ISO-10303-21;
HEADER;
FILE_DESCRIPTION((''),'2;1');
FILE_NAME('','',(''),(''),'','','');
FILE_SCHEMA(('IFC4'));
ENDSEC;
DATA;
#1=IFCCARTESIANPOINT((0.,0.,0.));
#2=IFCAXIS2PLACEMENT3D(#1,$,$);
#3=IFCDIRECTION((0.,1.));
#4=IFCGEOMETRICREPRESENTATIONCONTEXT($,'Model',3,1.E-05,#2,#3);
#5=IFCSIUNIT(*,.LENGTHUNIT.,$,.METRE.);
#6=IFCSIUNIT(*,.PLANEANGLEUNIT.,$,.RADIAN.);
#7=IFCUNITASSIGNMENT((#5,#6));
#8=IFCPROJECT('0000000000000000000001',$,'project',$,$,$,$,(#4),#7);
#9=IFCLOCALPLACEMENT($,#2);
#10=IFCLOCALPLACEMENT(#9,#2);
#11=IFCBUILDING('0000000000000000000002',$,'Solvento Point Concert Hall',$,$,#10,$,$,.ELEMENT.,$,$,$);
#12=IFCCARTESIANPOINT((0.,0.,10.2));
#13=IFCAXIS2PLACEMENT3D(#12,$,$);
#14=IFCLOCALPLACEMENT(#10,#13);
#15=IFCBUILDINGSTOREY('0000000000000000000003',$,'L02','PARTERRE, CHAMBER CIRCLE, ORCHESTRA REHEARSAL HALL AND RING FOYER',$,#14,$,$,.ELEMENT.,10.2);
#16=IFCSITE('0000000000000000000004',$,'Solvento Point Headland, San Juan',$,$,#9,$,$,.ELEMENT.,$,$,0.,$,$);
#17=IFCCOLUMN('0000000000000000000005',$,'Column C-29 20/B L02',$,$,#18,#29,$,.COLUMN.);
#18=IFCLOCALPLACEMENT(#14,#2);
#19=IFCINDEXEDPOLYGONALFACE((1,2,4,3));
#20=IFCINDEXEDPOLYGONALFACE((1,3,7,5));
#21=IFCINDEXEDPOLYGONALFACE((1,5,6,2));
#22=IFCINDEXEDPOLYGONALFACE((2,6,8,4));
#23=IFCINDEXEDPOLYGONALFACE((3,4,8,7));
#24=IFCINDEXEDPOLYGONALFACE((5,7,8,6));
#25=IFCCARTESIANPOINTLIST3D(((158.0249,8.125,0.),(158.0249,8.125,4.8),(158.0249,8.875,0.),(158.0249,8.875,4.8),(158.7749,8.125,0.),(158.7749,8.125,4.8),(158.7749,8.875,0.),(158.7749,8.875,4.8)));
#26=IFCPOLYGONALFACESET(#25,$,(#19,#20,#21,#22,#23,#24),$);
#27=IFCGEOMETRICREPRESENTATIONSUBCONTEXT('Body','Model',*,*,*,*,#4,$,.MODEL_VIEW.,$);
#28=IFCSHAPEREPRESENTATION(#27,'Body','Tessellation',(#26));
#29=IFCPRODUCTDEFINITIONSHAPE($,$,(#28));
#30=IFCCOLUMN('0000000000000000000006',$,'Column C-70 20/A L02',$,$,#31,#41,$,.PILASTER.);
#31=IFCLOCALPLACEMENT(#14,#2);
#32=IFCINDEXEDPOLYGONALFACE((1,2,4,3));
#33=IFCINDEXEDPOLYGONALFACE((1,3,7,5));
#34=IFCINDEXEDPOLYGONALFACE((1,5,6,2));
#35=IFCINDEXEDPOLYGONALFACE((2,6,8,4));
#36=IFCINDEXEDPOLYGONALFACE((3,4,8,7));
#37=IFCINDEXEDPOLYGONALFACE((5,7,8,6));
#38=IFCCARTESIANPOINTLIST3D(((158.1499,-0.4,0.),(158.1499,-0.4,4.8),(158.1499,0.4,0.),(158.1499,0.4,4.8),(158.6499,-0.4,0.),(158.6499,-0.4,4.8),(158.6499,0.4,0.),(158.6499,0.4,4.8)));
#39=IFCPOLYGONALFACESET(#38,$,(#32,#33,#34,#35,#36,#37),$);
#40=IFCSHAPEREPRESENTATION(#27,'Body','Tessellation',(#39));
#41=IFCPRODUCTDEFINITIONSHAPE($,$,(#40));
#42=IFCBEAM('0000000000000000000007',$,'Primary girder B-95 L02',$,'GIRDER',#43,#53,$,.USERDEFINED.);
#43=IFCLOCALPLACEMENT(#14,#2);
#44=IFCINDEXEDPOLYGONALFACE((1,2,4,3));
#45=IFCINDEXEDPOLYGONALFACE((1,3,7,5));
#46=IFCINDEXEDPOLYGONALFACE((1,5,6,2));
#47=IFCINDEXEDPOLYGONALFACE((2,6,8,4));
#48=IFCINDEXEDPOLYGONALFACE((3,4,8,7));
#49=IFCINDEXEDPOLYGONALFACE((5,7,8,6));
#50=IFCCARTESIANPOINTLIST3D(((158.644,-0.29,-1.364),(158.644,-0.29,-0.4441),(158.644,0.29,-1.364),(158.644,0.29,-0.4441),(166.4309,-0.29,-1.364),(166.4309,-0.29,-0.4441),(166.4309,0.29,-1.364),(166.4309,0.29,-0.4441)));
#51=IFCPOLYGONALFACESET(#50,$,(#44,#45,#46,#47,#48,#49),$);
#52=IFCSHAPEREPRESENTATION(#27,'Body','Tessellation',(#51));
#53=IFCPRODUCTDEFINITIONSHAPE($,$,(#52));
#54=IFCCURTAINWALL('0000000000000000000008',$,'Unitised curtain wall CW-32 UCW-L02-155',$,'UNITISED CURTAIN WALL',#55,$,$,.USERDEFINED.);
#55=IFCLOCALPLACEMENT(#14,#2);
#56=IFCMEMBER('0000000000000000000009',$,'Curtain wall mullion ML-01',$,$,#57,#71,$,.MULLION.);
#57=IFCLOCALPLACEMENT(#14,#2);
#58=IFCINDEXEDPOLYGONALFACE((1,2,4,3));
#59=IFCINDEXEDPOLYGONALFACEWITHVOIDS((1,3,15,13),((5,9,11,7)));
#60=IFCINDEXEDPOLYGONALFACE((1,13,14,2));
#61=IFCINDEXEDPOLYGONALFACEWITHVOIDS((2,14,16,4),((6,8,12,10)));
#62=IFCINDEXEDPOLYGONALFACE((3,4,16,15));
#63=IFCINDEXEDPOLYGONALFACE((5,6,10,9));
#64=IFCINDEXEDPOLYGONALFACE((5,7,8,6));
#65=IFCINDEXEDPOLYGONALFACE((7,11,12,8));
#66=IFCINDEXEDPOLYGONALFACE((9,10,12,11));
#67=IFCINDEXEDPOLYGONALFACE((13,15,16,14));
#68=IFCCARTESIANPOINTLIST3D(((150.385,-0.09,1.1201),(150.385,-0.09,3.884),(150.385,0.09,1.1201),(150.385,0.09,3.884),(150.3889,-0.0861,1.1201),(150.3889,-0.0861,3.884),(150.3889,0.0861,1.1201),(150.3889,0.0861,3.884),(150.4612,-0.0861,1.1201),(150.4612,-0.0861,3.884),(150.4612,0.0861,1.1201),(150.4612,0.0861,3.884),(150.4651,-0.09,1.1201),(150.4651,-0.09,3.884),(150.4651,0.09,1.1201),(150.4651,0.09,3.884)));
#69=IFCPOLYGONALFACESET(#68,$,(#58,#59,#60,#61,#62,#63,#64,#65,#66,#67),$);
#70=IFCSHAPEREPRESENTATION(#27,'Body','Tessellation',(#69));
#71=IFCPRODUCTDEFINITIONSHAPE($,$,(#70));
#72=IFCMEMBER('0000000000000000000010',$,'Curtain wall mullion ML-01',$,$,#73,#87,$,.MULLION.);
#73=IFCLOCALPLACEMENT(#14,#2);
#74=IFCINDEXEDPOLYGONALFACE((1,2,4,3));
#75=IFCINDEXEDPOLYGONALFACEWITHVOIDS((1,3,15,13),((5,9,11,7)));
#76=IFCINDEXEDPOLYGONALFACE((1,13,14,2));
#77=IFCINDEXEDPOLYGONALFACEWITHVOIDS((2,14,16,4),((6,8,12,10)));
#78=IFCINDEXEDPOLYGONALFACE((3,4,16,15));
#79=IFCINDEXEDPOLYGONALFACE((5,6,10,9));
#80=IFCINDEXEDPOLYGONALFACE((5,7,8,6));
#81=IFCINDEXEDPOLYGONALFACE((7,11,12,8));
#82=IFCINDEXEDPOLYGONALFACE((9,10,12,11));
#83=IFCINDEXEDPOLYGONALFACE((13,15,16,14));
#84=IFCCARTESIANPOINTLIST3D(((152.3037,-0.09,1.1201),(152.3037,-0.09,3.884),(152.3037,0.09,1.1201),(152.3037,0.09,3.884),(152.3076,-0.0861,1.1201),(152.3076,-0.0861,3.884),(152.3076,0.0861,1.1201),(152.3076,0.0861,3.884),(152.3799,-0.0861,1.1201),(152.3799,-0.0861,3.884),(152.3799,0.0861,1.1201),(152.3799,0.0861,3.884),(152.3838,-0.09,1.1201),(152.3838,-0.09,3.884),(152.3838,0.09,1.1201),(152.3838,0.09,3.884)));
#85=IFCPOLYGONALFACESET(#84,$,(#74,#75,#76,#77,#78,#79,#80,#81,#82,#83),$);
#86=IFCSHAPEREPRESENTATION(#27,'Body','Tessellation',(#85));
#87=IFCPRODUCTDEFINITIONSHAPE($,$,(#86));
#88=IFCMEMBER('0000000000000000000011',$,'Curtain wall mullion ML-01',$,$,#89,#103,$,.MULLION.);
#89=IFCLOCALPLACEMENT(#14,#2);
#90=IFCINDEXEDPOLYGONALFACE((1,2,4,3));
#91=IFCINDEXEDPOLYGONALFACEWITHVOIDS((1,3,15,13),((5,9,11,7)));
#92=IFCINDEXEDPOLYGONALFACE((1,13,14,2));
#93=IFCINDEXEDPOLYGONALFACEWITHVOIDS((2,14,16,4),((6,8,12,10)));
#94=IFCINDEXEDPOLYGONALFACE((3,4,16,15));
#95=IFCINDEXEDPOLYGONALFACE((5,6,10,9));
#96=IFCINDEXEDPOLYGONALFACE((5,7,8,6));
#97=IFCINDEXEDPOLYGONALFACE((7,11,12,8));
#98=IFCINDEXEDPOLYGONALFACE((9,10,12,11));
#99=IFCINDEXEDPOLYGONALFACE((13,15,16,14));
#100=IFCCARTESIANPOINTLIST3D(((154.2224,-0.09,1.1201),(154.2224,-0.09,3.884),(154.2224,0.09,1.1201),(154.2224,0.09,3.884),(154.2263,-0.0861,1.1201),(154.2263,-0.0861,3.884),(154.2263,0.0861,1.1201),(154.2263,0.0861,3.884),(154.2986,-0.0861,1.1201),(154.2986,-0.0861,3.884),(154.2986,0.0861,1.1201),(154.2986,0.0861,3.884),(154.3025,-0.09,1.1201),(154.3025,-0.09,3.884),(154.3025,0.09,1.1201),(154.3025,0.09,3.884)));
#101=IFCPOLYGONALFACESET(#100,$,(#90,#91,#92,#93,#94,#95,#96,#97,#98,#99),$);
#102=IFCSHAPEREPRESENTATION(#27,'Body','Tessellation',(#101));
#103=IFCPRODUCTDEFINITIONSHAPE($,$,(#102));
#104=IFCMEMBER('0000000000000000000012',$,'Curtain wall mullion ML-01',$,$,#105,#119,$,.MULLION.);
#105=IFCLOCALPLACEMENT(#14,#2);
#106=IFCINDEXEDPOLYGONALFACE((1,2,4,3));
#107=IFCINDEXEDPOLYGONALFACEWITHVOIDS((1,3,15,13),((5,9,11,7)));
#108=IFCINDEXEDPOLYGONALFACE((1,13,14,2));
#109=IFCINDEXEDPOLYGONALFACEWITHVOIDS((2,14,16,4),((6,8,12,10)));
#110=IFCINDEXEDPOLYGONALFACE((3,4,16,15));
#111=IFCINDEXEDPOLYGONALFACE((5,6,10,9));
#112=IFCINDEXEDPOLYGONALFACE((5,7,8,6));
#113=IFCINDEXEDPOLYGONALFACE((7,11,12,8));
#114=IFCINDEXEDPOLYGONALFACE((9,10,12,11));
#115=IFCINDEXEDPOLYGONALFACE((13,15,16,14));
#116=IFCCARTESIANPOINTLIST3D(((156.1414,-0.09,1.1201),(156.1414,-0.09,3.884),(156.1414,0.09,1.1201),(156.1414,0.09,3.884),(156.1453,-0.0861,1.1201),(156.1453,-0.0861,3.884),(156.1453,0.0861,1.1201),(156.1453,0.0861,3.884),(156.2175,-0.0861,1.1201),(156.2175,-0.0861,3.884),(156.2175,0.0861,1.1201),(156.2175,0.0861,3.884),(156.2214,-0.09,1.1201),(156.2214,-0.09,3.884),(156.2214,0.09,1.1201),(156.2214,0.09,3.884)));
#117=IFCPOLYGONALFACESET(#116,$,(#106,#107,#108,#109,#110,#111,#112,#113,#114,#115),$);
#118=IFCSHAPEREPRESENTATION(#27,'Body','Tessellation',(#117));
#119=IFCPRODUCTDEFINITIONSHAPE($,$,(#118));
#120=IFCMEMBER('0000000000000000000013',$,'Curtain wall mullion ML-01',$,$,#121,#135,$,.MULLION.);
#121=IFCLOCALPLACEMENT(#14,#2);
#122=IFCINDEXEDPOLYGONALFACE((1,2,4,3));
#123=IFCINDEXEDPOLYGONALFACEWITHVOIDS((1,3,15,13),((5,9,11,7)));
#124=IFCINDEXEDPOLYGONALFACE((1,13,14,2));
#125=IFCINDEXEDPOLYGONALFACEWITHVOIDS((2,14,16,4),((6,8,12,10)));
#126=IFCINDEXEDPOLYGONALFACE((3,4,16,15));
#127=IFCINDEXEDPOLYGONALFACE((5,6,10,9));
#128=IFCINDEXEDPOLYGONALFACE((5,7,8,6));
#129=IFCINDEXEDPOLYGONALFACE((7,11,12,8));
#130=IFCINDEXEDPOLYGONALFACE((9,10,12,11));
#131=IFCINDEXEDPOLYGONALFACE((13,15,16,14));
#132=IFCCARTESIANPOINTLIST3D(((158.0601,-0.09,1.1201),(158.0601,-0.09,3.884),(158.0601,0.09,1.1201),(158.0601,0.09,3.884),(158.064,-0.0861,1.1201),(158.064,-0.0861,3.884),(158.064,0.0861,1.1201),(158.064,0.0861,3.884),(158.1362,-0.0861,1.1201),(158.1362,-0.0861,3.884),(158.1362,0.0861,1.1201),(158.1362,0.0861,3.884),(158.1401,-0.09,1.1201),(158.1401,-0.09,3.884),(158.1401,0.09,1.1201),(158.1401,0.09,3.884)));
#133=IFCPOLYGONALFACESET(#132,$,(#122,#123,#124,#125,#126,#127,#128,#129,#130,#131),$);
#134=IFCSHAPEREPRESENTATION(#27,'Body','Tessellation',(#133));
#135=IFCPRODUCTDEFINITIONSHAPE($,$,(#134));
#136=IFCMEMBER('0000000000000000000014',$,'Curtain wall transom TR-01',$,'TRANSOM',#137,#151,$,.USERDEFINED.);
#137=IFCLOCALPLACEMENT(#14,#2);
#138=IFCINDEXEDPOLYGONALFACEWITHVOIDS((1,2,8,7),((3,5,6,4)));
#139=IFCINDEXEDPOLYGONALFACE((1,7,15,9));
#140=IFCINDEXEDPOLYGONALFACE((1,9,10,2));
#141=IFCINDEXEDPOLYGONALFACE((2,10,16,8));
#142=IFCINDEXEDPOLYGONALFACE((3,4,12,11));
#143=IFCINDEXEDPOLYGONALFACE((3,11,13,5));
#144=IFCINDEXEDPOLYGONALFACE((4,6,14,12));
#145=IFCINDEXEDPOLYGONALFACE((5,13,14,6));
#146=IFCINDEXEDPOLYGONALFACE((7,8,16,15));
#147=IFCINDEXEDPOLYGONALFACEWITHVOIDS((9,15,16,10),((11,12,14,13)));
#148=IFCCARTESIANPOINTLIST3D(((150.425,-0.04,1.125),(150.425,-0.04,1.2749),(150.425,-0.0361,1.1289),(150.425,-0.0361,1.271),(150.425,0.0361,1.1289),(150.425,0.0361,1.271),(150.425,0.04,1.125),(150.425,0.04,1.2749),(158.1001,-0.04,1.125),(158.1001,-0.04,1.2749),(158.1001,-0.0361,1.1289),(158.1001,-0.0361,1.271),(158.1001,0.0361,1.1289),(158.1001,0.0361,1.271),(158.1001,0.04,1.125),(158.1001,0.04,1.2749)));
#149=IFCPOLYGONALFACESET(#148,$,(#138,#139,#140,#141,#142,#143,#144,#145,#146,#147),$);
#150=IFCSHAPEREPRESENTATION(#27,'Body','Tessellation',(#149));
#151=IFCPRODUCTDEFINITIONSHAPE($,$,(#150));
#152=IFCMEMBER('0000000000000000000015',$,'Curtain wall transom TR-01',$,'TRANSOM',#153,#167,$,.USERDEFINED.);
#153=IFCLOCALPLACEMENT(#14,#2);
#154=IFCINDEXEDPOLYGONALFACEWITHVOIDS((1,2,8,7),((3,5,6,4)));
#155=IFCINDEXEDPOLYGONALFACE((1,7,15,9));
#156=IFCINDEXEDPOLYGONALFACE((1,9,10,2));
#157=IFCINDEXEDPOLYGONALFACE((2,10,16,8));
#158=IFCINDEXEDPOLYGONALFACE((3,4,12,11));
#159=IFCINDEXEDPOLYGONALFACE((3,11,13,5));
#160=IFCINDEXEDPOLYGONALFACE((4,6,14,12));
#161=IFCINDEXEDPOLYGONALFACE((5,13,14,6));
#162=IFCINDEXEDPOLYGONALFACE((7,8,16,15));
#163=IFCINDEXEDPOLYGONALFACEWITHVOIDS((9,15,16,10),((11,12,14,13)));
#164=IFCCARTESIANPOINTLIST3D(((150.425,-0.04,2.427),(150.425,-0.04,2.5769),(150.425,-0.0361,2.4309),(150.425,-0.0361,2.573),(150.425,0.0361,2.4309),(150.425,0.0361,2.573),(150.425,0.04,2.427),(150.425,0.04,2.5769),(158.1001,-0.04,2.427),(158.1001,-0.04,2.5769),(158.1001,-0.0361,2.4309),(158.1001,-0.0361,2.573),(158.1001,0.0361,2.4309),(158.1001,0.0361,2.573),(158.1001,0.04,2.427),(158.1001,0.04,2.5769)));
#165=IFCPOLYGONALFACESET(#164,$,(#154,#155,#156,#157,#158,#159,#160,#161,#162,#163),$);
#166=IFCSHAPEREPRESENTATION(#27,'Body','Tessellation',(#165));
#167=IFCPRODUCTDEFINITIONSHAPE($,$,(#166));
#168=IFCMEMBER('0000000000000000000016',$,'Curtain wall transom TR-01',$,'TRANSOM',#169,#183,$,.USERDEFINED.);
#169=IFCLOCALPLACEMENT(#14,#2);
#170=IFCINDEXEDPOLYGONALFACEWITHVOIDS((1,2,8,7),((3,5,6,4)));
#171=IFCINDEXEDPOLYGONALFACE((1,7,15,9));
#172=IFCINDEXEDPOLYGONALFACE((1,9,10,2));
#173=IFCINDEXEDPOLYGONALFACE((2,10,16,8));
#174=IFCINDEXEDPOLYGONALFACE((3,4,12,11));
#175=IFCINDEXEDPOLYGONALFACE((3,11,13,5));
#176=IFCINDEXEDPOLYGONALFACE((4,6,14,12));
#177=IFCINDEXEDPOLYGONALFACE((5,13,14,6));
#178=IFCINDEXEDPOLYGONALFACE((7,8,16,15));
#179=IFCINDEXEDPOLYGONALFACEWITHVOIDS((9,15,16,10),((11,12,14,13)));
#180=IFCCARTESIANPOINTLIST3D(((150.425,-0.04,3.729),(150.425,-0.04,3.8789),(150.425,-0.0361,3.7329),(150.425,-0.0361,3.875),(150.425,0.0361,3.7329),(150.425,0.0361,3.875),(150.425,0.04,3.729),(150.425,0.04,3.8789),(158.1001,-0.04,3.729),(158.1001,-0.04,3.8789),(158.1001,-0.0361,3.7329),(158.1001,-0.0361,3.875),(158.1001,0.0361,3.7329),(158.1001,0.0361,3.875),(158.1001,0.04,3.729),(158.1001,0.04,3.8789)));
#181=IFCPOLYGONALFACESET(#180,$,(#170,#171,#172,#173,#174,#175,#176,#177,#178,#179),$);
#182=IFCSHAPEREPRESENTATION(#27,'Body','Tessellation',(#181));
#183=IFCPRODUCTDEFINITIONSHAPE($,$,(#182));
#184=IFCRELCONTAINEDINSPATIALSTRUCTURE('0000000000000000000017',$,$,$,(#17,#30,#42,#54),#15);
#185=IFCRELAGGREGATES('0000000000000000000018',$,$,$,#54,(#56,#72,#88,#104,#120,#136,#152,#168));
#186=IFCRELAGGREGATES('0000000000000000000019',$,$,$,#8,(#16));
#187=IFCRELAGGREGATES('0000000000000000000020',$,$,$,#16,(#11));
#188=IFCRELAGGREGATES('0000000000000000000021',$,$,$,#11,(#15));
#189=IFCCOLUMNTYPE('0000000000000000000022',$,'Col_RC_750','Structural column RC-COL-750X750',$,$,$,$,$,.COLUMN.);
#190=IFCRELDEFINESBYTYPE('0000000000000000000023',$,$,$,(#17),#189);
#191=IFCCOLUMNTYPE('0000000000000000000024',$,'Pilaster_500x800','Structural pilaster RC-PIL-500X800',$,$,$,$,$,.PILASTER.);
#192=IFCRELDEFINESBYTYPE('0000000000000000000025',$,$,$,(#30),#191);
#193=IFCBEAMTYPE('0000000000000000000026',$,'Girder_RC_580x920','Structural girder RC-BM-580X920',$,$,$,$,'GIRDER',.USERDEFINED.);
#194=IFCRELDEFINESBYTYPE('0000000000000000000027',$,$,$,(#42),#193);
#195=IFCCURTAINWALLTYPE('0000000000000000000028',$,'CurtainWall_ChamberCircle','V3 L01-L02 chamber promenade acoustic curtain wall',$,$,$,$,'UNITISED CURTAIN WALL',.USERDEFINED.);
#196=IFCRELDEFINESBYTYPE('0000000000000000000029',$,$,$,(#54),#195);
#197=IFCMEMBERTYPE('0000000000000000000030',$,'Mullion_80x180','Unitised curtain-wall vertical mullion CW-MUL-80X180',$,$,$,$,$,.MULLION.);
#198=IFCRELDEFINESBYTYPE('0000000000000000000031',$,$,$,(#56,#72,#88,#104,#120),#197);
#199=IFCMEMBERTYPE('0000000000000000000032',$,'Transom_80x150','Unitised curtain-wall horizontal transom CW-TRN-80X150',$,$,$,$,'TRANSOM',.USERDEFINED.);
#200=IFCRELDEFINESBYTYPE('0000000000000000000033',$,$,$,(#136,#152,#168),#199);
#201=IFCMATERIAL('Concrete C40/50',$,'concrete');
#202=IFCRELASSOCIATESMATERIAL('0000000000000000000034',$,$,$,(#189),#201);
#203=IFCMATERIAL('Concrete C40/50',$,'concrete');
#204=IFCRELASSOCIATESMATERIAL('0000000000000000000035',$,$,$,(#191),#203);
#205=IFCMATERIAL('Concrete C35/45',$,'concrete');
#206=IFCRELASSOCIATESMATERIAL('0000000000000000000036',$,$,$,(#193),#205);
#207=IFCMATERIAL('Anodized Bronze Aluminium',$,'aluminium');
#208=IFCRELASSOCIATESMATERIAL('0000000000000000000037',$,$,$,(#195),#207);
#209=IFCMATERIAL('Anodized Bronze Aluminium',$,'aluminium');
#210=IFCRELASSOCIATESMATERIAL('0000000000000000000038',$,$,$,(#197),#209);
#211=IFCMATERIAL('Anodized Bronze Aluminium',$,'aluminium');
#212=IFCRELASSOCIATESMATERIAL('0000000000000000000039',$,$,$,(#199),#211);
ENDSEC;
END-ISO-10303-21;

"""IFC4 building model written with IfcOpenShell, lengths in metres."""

from ifc_helpers import new_model, si_unit, direction, frame, origin, origin_2d, place, context, subcontext, project, spatial, rectangle, hollow_rectangle, extrude, material, material_profile, profile_set, type_object, element, aggregate, save


model = new_model("IFC4")

# Units and contexts
model_context = context("Model", 3, precision=1e-05, world=origin(), true_north=direction((0.0, 1.0)))
body_context = subcontext(model_context, "Body", "Model", "MODEL_VIEW")
ifc_project = project(units=[si_unit("LENGTHUNIT", "METRE"), si_unit("PLANEANGLEUNIT", "RADIAN")], contexts=[model_context])

# Site, building, storey
site_placement = place(None, origin())
site = spatial("IfcSite", under=ifc_project, at=site_placement, Name="Solvento Point Headland, San Juan", CompositionType="ELEMENT", RefElevation=0.0)
building_placement = place(site_placement, origin())
building = spatial("IfcBuilding", under=site, at=building_placement, Name="Solvento Point Concert Hall", CompositionType="ELEMENT")
storey_placement = place(building_placement, frame((0.0, 0.0, 10.2)))
storey = spatial("IfcBuildingStorey", under=building, at=storey_placement, Name="L02", Description="PARTERRE, CHAMBER CIRCLE, ORCHESTRA REHEARSAL HALL AND RING FOYER", CompositionType="ELEMENT", Elevation=10.2)

# Columns
ifc_material_1 = material(Name="Concrete C40/50", Category="concrete")
ifc_material_profile_1 = material_profile(ifc_material_1, rectangle(XDim=0.75, YDim=0.75, at=origin_2d()), Name="RC-COL-750X750")
ifc_profile_set_1 = profile_set([ifc_material_profile_1], Name="Concrete C40/50")
column_type_1 = type_object("IfcColumnType", Name="Col_RC_750", Description="Structural column RC-COL-750X750", PredefinedType="COLUMN", material=ifc_profile_set_1)
column_1_placement = place(storey_placement, frame((158.3999, 8.5, 0.0), z_axis=(0.0, 0.0, 1.0), x_axis=(1.0, 0.0, 0.0)))
element("IfcColumn", 1, at=column_1_placement, inside=storey, type_object=column_type_1, Name="Column C-29 20/B L02", PredefinedType="COLUMN", context=body_context, shape_type="SweptSolid", body=[
    extrude(rectangle(XDim=0.75, YDim=0.75, at=origin_2d()), origin(), (0.0, 0.0, 1.0), 4.8),
])
ifc_material_2 = material(Name="Concrete C40/50", Category="concrete")
ifc_material_profile_2 = material_profile(ifc_material_2, rectangle(XDim=0.5, YDim=0.8, at=origin_2d()), Name="RC-PIL-500X800")
ifc_profile_set_2 = profile_set([ifc_material_profile_2], Name="Concrete C40/50")
column_type_2 = type_object("IfcColumnType", Name="Pilaster_500x800", Description="Structural pilaster RC-PIL-500X800", PredefinedType="PILASTER", material=ifc_profile_set_2)
column_2_placement = place(storey_placement, frame((158.3999, 0.0, 0.0), z_axis=(0.0, 0.0, 1.0), x_axis=(1.0, 0.0, 0.0)))
element("IfcColumn", 2, at=column_2_placement, inside=storey, type_object=column_type_2, Name="Column C-70 20/A L02", PredefinedType="PILASTER", context=body_context, shape_type="SweptSolid", body=[
    extrude(rectangle(XDim=0.5, YDim=0.8, at=origin_2d()), origin(), (0.0, 0.0, 1.0), 4.8),
])

# Beam
ifc_material_3 = material(Name="Concrete C35/45", Category="concrete")
ifc_material_profile_3 = material_profile(ifc_material_3, rectangle(XDim=0.5801, YDim=0.9199, at=origin_2d()), Name="RC-BM-580X920")
ifc_profile_set_3 = profile_set([ifc_material_profile_3], Name="Concrete C35/45")
beam_type = type_object("IfcBeamType", Name="Girder_RC_580x920", Description="Structural girder RC-BM-580X920", ElementType="GIRDER", PredefinedType="USERDEFINED", material=ifc_profile_set_3)
beam_placement = place(storey_placement, frame((158.644, 0.0, -0.9041), z_axis=(1.0, 0.0, 0.0), x_axis=(0.0, 1.0, 0.0)))
element("IfcBeam", 3, at=beam_placement, inside=storey, type_object=beam_type, Name="Primary girder B-95 L02", ObjectType="GIRDER", PredefinedType="USERDEFINED", context=body_context, shape_type="SweptSolid", body=[
    extrude(rectangle(XDim=0.5801, YDim=0.9199, at=origin_2d()), origin(), (0.0, 0.0, 1.0), 7.7869),
])

# Curtain wall, members
ifc_material_4 = material(Name="Anodized Bronze Aluminium", Category="aluminium")
curtain_wall_type = type_object("IfcCurtainWallType", Name="CurtainWall_ChamberCircle", Description="V3 L01-L02 chamber promenade acoustic curtain wall", ElementType="UNITISED CURTAIN WALL", PredefinedType="USERDEFINED", material=ifc_material_4)
curtain_wall_placement = place(storey_placement, origin())
curtain_wall = element("IfcCurtainWall", 4, at=curtain_wall_placement, inside=storey, type_object=curtain_wall_type, Name="Unitised curtain wall CW-32 UCW-L02-155", ObjectType="UNITISED CURTAIN WALL", PredefinedType="USERDEFINED")
ifc_material_5 = material(Name="Anodized Bronze Aluminium", Category="aluminium")
ifc_material_profile_4 = material_profile(ifc_material_5, hollow_rectangle(XDim=0.0801, YDim=0.1799, WallThickness=0.0039, at=origin_2d()), Name="CW-MUL-80X180")
ifc_profile_set_4 = profile_set([ifc_material_profile_4], Name="Anodized Bronze Aluminium")
member_type_1 = type_object("IfcMemberType", Name="Mullion_80x180", Description="Unitised curtain-wall vertical mullion CW-MUL-80X180", PredefinedType="MULLION", material=ifc_profile_set_4)
member_1_placement = place(storey_placement, frame((150.425, 0.0, 1.1201), z_axis=(0.0, 0.0, 1.0), x_axis=(1.0, 0.0, 0.0)))
member_1 = element("IfcMember", 5, at=member_1_placement, type_object=member_type_1, Name="Curtain wall mullion ML-01", PredefinedType="MULLION", context=body_context, shape_type="SweptSolid", body=[
    extrude(hollow_rectangle(XDim=0.0801, YDim=0.1799, WallThickness=0.0039, at=origin_2d()), origin(), (0.0, 0.0, 1.0), 2.7639),
])
member_2_placement = place(storey_placement, frame((152.3438, 0.0, 1.1201), z_axis=(0.0, 0.0, 1.0), x_axis=(1.0, 0.0, 0.0)))
member_2 = element("IfcMember", 6, at=member_2_placement, type_object=member_type_1, Name="Curtain wall mullion ML-01", PredefinedType="MULLION", context=body_context, shape_type="SweptSolid", body=[
    extrude(hollow_rectangle(XDim=0.0801, YDim=0.1799, WallThickness=0.0039, at=origin_2d()), origin(), (0.0, 0.0, 1.0), 2.7639),
])
member_3_placement = place(storey_placement, frame((154.2625, 0.0, 1.1201), z_axis=(0.0, 0.0, 1.0), x_axis=(1.0, 0.0, 0.0)))
member_3 = element("IfcMember", 7, at=member_3_placement, type_object=member_type_1, Name="Curtain wall mullion ML-01", PredefinedType="MULLION", context=body_context, shape_type="SweptSolid", body=[
    extrude(hollow_rectangle(XDim=0.0801, YDim=0.1799, WallThickness=0.0039, at=origin_2d()), origin(), (0.0, 0.0, 1.0), 2.7639),
])
member_4_placement = place(storey_placement, frame((156.1814, 0.0, 1.1201), z_axis=(0.0, 0.0, 1.0), x_axis=(1.0, 0.0, 0.0)))
member_4 = element("IfcMember", 8, at=member_4_placement, type_object=member_type_1, Name="Curtain wall mullion ML-01", PredefinedType="MULLION", context=body_context, shape_type="SweptSolid", body=[
    extrude(hollow_rectangle(XDim=0.0801, YDim=0.1799, WallThickness=0.0039, at=origin_2d()), origin(), (0.0, 0.0, 1.0), 2.7639),
])
member_5_placement = place(storey_placement, frame((158.1001, 0.0, 1.1201), z_axis=(0.0, 0.0, 1.0), x_axis=(1.0, 0.0, 0.0)))
member_5 = element("IfcMember", 9, at=member_5_placement, type_object=member_type_1, Name="Curtain wall mullion ML-01", PredefinedType="MULLION", context=body_context, shape_type="SweptSolid", body=[
    extrude(hollow_rectangle(XDim=0.0801, YDim=0.1799, WallThickness=0.0039, at=origin_2d()), origin(), (0.0, 0.0, 1.0), 2.7639),
])
ifc_material_6 = material(Name="Anodized Bronze Aluminium", Category="aluminium")
ifc_material_profile_5 = material_profile(ifc_material_6, hollow_rectangle(XDim=0.0801, YDim=0.1499, WallThickness=0.0039, at=origin_2d()), Name="CW-TRN-80X150")
ifc_profile_set_5 = profile_set([ifc_material_profile_5], Name="Anodized Bronze Aluminium")
member_type_2 = type_object("IfcMemberType", Name="Transom_80x150", Description="Unitised curtain-wall horizontal transom CW-TRN-80X150", ElementType="TRANSOM", PredefinedType="USERDEFINED", material=ifc_profile_set_5)
member_6_placement = place(storey_placement, frame((150.425, 0.0, 1.2), z_axis=(1.0, 0.0, 0.0), x_axis=(0.0, 1.0, 0.0)))
member_6 = element("IfcMember", 10, at=member_6_placement, type_object=member_type_2, Name="Curtain wall transom TR-01", ObjectType="TRANSOM", PredefinedType="USERDEFINED", context=body_context, shape_type="SweptSolid", body=[
    extrude(hollow_rectangle(XDim=0.0801, YDim=0.1499, WallThickness=0.0039, at=origin_2d()), origin(), (0.0, 0.0, 1.0), 7.675),
])
member_7_placement = place(storey_placement, frame((150.425, 0.0, 2.502), z_axis=(1.0, 0.0, 0.0), x_axis=(0.0, 1.0, 0.0)))
member_7 = element("IfcMember", 11, at=member_7_placement, type_object=member_type_2, Name="Curtain wall transom TR-01", ObjectType="TRANSOM", PredefinedType="USERDEFINED", context=body_context, shape_type="SweptSolid", body=[
    extrude(hollow_rectangle(XDim=0.0801, YDim=0.1499, WallThickness=0.0039, at=origin_2d()), origin(), (0.0, 0.0, 1.0), 7.675),
])
member_8_placement = place(storey_placement, frame((150.425, 0.0, 3.804), z_axis=(1.0, 0.0, 0.0), x_axis=(0.0, 1.0, 0.0)))
member_8 = element("IfcMember", 12, at=member_8_placement, type_object=member_type_2, Name="Curtain wall transom TR-01", ObjectType="TRANSOM", PredefinedType="USERDEFINED", context=body_context, shape_type="SweptSolid", body=[
    extrude(hollow_rectangle(XDim=0.0801, YDim=0.1499, WallThickness=0.0039, at=origin_2d()), origin(), (0.0, 0.0, 1.0), 7.675),
])
aggregate(curtain_wall, [member_1, member_2, member_3, member_4, member_5, member_6, member_7, member_8])

save(model, "model.ifc")
